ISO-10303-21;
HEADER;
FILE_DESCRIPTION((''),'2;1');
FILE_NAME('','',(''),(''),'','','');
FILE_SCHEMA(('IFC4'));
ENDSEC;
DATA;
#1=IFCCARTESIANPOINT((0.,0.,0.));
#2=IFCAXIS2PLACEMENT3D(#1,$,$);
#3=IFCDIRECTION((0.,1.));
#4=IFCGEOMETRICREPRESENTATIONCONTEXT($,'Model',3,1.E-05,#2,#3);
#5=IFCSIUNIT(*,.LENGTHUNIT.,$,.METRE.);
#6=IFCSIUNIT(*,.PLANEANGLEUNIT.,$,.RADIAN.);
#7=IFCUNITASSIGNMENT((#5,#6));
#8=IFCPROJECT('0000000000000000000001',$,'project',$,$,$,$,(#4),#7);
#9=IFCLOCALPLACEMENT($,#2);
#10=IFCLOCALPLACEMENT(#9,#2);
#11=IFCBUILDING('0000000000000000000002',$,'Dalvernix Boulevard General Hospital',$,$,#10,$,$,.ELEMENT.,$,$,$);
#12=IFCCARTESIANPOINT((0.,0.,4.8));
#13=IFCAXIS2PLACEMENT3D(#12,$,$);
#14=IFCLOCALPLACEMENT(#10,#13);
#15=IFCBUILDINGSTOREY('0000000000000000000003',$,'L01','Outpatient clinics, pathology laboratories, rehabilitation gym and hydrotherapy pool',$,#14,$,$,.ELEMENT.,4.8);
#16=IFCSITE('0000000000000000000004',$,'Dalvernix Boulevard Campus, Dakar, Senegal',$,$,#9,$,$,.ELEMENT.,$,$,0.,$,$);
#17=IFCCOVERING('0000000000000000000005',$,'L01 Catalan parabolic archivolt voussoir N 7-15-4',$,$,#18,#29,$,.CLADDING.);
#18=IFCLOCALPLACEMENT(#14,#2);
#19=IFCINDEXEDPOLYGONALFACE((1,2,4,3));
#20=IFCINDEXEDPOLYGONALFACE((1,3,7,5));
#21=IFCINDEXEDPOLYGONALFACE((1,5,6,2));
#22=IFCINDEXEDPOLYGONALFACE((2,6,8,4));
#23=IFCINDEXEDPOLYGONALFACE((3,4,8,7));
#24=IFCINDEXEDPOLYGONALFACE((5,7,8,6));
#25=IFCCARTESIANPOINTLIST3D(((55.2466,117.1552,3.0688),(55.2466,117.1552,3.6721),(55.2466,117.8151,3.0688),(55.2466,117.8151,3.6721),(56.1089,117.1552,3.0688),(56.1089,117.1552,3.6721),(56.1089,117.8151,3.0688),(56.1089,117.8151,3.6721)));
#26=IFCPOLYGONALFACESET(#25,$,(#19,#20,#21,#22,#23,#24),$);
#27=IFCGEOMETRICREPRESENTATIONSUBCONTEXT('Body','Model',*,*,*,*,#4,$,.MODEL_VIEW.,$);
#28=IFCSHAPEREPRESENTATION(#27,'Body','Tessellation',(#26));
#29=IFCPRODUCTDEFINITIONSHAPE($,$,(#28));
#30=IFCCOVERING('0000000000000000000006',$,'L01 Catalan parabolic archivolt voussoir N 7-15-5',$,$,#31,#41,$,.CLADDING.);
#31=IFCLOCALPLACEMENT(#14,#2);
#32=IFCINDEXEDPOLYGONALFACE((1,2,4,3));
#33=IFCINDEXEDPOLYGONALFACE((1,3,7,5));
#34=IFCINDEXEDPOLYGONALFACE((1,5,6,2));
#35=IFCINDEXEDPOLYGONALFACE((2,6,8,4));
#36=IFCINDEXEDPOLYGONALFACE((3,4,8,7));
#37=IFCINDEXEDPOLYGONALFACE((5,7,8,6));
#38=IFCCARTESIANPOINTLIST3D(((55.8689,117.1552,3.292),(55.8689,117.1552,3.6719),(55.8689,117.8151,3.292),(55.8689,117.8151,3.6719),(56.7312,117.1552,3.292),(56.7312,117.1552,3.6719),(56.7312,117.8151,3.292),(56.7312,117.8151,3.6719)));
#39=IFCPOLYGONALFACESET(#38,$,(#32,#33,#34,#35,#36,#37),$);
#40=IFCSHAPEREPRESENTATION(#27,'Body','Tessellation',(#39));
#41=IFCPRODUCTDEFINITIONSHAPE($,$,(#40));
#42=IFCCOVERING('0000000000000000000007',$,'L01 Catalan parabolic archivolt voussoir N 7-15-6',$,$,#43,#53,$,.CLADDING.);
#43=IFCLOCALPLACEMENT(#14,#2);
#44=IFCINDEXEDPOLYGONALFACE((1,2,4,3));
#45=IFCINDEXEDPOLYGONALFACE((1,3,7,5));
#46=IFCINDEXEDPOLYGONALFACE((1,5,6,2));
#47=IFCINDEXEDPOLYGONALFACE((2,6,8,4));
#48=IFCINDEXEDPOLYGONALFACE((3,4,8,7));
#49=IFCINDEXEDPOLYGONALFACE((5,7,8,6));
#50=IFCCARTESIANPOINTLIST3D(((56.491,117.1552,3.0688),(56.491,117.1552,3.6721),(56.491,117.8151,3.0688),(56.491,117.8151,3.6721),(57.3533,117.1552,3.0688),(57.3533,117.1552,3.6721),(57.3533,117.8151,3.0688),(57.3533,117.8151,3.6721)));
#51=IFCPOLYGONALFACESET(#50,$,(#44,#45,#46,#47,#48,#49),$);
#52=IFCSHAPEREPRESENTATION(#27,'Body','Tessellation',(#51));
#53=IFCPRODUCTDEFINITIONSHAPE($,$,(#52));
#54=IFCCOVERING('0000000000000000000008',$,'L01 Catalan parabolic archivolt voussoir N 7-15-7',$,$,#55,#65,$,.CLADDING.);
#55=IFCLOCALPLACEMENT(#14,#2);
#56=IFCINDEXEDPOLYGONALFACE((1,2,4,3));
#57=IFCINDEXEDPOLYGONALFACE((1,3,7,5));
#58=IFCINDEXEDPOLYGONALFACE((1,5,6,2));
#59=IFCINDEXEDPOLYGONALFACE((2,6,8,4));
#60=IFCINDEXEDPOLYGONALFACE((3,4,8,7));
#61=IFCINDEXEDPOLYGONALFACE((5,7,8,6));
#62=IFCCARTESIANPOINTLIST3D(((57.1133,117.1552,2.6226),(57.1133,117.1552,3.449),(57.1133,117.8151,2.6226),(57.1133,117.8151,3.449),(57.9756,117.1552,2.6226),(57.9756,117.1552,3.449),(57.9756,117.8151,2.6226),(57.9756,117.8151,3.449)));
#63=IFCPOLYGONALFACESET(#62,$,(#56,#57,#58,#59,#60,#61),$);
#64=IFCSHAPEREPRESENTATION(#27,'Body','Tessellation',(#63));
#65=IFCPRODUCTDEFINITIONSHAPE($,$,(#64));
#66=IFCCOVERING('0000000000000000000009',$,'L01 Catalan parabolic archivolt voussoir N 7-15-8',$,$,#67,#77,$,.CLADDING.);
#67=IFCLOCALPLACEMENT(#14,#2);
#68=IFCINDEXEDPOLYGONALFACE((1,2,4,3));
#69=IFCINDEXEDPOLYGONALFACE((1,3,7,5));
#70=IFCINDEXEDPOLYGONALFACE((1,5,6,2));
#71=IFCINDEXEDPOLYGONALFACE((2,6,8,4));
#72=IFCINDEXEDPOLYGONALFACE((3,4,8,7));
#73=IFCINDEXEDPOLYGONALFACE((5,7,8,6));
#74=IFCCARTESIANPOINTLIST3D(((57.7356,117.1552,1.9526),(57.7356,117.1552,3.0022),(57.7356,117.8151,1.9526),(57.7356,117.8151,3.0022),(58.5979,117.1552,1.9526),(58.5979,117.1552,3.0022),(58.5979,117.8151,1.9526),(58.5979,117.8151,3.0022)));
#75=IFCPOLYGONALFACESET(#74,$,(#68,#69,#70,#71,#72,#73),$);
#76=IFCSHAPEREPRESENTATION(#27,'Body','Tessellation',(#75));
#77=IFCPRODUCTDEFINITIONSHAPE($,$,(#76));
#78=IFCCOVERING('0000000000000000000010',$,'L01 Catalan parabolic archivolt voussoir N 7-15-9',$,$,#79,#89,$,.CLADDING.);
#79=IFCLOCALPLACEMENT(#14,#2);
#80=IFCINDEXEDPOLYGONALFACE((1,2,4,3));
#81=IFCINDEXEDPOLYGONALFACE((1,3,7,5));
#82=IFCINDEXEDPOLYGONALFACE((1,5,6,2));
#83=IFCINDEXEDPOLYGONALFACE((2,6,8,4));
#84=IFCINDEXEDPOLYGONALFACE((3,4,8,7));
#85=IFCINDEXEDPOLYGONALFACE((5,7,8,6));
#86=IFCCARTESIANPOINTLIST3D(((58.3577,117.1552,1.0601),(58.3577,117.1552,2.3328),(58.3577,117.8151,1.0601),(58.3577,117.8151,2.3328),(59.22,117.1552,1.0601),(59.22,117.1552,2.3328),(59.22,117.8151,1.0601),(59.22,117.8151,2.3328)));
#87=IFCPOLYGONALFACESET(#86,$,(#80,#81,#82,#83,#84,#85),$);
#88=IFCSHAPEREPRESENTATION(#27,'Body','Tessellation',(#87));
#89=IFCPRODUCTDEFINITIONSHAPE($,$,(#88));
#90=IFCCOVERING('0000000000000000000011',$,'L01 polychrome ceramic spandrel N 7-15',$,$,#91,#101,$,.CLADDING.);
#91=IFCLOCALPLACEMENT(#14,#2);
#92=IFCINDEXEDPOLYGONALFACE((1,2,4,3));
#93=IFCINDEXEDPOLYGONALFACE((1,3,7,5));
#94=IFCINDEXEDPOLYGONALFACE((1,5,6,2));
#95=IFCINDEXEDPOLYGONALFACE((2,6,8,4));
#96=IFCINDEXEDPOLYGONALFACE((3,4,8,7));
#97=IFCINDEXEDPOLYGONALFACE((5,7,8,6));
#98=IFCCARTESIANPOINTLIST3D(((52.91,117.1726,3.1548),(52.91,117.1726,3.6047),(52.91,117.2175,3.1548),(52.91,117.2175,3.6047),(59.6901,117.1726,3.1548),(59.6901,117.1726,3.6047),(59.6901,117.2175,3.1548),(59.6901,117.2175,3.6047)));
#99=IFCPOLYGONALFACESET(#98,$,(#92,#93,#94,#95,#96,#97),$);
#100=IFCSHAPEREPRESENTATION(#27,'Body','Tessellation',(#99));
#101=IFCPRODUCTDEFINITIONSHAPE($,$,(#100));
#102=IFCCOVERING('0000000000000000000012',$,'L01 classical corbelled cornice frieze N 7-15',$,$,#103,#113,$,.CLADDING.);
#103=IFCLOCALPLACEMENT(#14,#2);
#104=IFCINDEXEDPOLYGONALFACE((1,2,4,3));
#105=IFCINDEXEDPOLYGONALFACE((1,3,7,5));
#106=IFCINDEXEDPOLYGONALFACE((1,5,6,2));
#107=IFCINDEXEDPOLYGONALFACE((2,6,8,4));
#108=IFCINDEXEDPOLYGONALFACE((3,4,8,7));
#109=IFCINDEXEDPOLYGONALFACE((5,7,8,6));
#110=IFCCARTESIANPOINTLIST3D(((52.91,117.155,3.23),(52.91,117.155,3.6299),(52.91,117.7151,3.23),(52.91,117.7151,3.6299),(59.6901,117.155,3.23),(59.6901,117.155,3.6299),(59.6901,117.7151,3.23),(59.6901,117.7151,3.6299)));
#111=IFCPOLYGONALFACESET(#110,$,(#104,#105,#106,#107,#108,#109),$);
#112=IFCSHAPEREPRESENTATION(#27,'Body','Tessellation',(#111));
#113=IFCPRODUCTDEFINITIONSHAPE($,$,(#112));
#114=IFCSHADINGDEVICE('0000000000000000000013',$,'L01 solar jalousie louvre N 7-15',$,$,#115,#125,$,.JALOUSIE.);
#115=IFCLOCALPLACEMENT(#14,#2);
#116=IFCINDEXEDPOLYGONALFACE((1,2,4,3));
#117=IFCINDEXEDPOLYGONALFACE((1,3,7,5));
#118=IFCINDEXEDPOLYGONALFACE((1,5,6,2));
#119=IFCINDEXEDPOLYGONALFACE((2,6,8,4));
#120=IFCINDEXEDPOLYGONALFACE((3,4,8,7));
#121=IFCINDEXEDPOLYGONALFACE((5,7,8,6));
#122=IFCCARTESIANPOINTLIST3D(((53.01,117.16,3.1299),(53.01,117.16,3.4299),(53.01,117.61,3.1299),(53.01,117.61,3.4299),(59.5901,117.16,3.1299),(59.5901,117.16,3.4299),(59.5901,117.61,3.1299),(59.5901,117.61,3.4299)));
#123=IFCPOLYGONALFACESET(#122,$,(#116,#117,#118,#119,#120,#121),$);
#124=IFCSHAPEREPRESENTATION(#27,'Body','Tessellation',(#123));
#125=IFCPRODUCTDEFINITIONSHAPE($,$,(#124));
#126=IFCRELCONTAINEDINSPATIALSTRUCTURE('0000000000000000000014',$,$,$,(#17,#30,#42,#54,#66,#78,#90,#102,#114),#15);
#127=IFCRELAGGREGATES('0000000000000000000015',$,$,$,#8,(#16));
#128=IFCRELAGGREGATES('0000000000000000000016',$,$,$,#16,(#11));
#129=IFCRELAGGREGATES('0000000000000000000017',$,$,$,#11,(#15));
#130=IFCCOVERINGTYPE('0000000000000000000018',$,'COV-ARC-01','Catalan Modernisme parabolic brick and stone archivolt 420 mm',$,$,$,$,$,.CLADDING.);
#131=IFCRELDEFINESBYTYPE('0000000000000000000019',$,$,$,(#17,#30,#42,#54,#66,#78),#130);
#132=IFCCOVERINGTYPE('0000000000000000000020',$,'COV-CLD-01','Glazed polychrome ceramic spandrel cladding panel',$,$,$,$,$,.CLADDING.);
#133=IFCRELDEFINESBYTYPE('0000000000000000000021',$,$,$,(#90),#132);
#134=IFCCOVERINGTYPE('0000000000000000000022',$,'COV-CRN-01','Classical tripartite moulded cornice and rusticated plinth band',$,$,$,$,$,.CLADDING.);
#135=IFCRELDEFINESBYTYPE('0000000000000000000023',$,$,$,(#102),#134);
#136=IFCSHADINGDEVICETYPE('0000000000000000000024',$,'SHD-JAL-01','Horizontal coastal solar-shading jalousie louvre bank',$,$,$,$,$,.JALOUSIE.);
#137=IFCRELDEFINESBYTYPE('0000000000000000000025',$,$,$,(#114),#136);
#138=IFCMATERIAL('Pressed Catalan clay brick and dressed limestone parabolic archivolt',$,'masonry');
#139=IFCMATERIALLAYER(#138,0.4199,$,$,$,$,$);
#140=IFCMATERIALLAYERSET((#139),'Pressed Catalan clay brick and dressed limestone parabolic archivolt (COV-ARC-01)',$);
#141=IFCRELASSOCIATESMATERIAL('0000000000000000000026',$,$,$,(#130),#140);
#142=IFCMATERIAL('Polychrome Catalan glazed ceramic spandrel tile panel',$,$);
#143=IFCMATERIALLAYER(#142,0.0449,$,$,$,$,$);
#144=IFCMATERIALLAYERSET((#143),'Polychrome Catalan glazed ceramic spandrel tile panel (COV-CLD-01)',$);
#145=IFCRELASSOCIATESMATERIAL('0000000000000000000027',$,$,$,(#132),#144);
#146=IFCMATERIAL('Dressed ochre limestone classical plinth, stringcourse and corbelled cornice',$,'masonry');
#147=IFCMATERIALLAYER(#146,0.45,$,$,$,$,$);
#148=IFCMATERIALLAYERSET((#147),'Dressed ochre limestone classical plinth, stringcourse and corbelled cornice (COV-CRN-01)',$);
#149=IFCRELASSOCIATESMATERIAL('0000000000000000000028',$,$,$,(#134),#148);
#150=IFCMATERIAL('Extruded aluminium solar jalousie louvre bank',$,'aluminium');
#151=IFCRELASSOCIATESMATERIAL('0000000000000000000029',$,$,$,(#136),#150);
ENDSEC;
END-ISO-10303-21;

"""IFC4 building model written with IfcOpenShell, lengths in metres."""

from ifc_helpers import new_model, si_unit, direction, frame, origin, origin_2d, place, context, subcontext, project, spatial, rectangle, extrude, material, layer, layer_set, type_object, element, save


model = new_model("IFC4")

# Units and contexts
model_context = context("Model", 3, precision=1e-05, world=origin(), true_north=direction((0.0, 1.0)))
body_context = subcontext(model_context, "Body", "Model", "MODEL_VIEW")
ifc_project = project(units=[si_unit("LENGTHUNIT", "METRE"), si_unit("PLANEANGLEUNIT", "RADIAN")], contexts=[model_context])

# Site, building, storey
site_placement = place(None, origin())
site = spatial("IfcSite", under=ifc_project, at=site_placement, Name="Dalvernix Boulevard Campus, Dakar, Senegal", CompositionType="ELEMENT", RefElevation=0.0)
building_placement = place(site_placement, origin())
building = spatial("IfcBuilding", under=site, at=building_placement, Name="Dalvernix Boulevard General Hospital", CompositionType="ELEMENT")
storey_placement = place(building_placement, frame((0.0, 0.0, 4.8)))
storey = spatial("IfcBuildingStorey", under=building, at=storey_placement, Name="L01", Description="Outpatient clinics, pathology laboratories, rehabilitation gym and hydrotherapy pool", CompositionType="ELEMENT", Elevation=4.8)

# Coverings
ifc_material_1 = material(Name="Pressed Catalan clay brick and dressed limestone parabolic archivolt", Category="masonry")
ifc_layer_1 = layer(ifc_material_1, 0.4199)
ifc_layer_set_1 = layer_set([ifc_layer_1], Name="Pressed Catalan clay brick and dressed limestone parabolic archivolt (COV-ARC-01)")
covering_type_1 = type_object("IfcCoveringType", Name="COV-ARC-01", Description="Catalan Modernisme parabolic brick and stone archivolt 420 mm", PredefinedType="CLADDING", material=ifc_layer_set_1)
covering_1_placement = place(storey_placement, frame((55.6777, 117.4851, 3.0688), z_axis=(0.0, 0.0, 1.0), x_axis=(1.0, 0.0, 0.0)))
element("IfcCovering", 1, at=covering_1_placement, inside=storey, type_object=covering_type_1, Name="L01 Catalan parabolic archivolt voussoir N 7-15-4", PredefinedType="CLADDING", context=body_context, shape_type="SweptSolid", body=[
    extrude(rectangle(XDim=0.8623, YDim=0.6599, at=origin_2d()), origin(), (0.0, 0.0, 1.0), 0.6033),
])
covering_2_placement = place(storey_placement, frame((56.3, 117.4851, 3.292), z_axis=(0.0, 0.0, 1.0), x_axis=(1.0, 0.0, 0.0)))
element("IfcCovering", 2, at=covering_2_placement, inside=storey, type_object=covering_type_1, Name="L01 Catalan parabolic archivolt voussoir N 7-15-5", PredefinedType="CLADDING", context=body_context, shape_type="SweptSolid", body=[
    extrude(rectangle(XDim=0.8623, YDim=0.6599, at=origin_2d()), origin(), (0.0, 0.0, 1.0), 0.3799),
])
covering_3_placement = place(storey_placement, frame((56.9221, 117.4851, 3.0688), z_axis=(0.0, 0.0, 1.0), x_axis=(1.0, 0.0, 0.0)))
element("IfcCovering", 3, at=covering_3_placement, inside=storey, type_object=covering_type_1, Name="L01 Catalan parabolic archivolt voussoir N 7-15-6", PredefinedType="CLADDING", context=body_context, shape_type="SweptSolid", body=[
    extrude(rectangle(XDim=0.8623, YDim=0.6599, at=origin_2d()), origin(), (0.0, 0.0, 1.0), 0.6033),
])
covering_4_placement = place(storey_placement, frame((57.5444, 117.4851, 2.6226), z_axis=(0.0, 0.0, 1.0), x_axis=(1.0, 0.0, 0.0)))
element("IfcCovering", 4, at=covering_4_placement, inside=storey, type_object=covering_type_1, Name="L01 Catalan parabolic archivolt voussoir N 7-15-7", PredefinedType="CLADDING", context=body_context, shape_type="SweptSolid", body=[
    extrude(rectangle(XDim=0.8623, YDim=0.6599, at=origin_2d()), origin(), (0.0, 0.0, 1.0), 0.8264),
])
covering_5_placement = place(storey_placement, frame((58.1667, 117.4851, 1.9526), z_axis=(0.0, 0.0, 1.0), x_axis=(1.0, 0.0, 0.0)))
element("IfcCovering", 5, at=covering_5_placement, inside=storey, type_object=covering_type_1, Name="L01 Catalan parabolic archivolt voussoir N 7-15-8", PredefinedType="CLADDING", context=body_context, shape_type="SweptSolid", body=[
    extrude(rectangle(XDim=0.8623, YDim=0.6599, at=origin_2d()), origin(), (0.0, 0.0, 1.0), 1.0496),
])
covering_6_placement = place(storey_placement, frame((58.7888, 117.4851, 1.0601), z_axis=(0.0, 0.0, 1.0), x_axis=(1.0, 0.0, 0.0)))
element("IfcCovering", 6, at=covering_6_placement, inside=storey, type_object=covering_type_1, Name="L01 Catalan parabolic archivolt voussoir N 7-15-9", PredefinedType="CLADDING", context=body_context, shape_type="SweptSolid", body=[
    extrude(rectangle(XDim=0.8623, YDim=0.6599, at=origin_2d()), origin(), (0.0, 0.0, 1.0), 1.2727),
])
ifc_material_2 = material(Name="Polychrome Catalan glazed ceramic spandrel tile panel")
ifc_layer_2 = layer(ifc_material_2, 0.0449)
ifc_layer_set_2 = layer_set([ifc_layer_2], Name="Polychrome Catalan glazed ceramic spandrel tile panel (COV-CLD-01)")
covering_type_2 = type_object("IfcCoveringType", Name="COV-CLD-01", Description="Glazed polychrome ceramic spandrel cladding panel", PredefinedType="CLADDING", material=ifc_layer_set_2)
covering_7_placement = place(storey_placement, frame((56.3, 117.1951, 3.1548), z_axis=(0.0, 0.0, 1.0), x_axis=(1.0, 0.0, 0.0)))
element("IfcCovering", 7, at=covering_7_placement, inside=storey, type_object=covering_type_2, Name="L01 polychrome ceramic spandrel N 7-15", PredefinedType="CLADDING", context=body_context, shape_type="SweptSolid", body=[
    extrude(rectangle(XDim=6.78, YDim=0.0449, at=origin_2d()), origin(), (0.0, 0.0, 1.0), 0.45),
])
ifc_material_3 = material(Name="Dressed ochre limestone classical plinth, stringcourse and corbelled cornice", Category="masonry")
ifc_layer_3 = layer(ifc_material_3, 0.45)
ifc_layer_set_3 = layer_set([ifc_layer_3], Name="Dressed ochre limestone classical plinth, stringcourse and corbelled cornice (COV-CRN-01)")
covering_type_3 = type_object("IfcCoveringType", Name="COV-CRN-01", Description="Classical tripartite moulded cornice and rusticated plinth band", PredefinedType="CLADDING", material=ifc_layer_set_3)
covering_8_placement = place(storey_placement, frame((56.3, 117.4351, 3.23), z_axis=(0.0, 0.0, 1.0), x_axis=(1.0, 0.0, 0.0)))
element("IfcCovering", 8, at=covering_8_placement, inside=storey, type_object=covering_type_3, Name="L01 classical corbelled cornice frieze N 7-15", PredefinedType="CLADDING", context=body_context, shape_type="SweptSolid", body=[
    extrude(rectangle(XDim=6.78, YDim=0.5601, at=origin_2d()), origin(), (0.0, 0.0, 1.0), 0.3999),
])

# Shading device
ifc_material_4 = material(Name="Extruded aluminium solar jalousie louvre bank", Category="aluminium")
shading_device_type = type_object("IfcShadingDeviceType", Name="SHD-JAL-01", Description="Horizontal coastal solar-shading jalousie louvre bank", PredefinedType="JALOUSIE", material=ifc_material_4)
shading_device_placement = place(storey_placement, frame((56.3, 117.385, 3.1299), z_axis=(0.0, 0.0, 1.0), x_axis=(1.0, 0.0, 0.0)))
element("IfcShadingDevice", 9, at=shading_device_placement, inside=storey, type_object=shading_device_type, Name="L01 solar jalousie louvre N 7-15", PredefinedType="JALOUSIE", context=body_context, shape_type="SweptSolid", body=[
    extrude(rectangle(XDim=6.5801, YDim=0.45, at=origin_2d()), origin(), (0.0, 0.0, 1.0), 0.3),
])

save(model, "model.ifc")
